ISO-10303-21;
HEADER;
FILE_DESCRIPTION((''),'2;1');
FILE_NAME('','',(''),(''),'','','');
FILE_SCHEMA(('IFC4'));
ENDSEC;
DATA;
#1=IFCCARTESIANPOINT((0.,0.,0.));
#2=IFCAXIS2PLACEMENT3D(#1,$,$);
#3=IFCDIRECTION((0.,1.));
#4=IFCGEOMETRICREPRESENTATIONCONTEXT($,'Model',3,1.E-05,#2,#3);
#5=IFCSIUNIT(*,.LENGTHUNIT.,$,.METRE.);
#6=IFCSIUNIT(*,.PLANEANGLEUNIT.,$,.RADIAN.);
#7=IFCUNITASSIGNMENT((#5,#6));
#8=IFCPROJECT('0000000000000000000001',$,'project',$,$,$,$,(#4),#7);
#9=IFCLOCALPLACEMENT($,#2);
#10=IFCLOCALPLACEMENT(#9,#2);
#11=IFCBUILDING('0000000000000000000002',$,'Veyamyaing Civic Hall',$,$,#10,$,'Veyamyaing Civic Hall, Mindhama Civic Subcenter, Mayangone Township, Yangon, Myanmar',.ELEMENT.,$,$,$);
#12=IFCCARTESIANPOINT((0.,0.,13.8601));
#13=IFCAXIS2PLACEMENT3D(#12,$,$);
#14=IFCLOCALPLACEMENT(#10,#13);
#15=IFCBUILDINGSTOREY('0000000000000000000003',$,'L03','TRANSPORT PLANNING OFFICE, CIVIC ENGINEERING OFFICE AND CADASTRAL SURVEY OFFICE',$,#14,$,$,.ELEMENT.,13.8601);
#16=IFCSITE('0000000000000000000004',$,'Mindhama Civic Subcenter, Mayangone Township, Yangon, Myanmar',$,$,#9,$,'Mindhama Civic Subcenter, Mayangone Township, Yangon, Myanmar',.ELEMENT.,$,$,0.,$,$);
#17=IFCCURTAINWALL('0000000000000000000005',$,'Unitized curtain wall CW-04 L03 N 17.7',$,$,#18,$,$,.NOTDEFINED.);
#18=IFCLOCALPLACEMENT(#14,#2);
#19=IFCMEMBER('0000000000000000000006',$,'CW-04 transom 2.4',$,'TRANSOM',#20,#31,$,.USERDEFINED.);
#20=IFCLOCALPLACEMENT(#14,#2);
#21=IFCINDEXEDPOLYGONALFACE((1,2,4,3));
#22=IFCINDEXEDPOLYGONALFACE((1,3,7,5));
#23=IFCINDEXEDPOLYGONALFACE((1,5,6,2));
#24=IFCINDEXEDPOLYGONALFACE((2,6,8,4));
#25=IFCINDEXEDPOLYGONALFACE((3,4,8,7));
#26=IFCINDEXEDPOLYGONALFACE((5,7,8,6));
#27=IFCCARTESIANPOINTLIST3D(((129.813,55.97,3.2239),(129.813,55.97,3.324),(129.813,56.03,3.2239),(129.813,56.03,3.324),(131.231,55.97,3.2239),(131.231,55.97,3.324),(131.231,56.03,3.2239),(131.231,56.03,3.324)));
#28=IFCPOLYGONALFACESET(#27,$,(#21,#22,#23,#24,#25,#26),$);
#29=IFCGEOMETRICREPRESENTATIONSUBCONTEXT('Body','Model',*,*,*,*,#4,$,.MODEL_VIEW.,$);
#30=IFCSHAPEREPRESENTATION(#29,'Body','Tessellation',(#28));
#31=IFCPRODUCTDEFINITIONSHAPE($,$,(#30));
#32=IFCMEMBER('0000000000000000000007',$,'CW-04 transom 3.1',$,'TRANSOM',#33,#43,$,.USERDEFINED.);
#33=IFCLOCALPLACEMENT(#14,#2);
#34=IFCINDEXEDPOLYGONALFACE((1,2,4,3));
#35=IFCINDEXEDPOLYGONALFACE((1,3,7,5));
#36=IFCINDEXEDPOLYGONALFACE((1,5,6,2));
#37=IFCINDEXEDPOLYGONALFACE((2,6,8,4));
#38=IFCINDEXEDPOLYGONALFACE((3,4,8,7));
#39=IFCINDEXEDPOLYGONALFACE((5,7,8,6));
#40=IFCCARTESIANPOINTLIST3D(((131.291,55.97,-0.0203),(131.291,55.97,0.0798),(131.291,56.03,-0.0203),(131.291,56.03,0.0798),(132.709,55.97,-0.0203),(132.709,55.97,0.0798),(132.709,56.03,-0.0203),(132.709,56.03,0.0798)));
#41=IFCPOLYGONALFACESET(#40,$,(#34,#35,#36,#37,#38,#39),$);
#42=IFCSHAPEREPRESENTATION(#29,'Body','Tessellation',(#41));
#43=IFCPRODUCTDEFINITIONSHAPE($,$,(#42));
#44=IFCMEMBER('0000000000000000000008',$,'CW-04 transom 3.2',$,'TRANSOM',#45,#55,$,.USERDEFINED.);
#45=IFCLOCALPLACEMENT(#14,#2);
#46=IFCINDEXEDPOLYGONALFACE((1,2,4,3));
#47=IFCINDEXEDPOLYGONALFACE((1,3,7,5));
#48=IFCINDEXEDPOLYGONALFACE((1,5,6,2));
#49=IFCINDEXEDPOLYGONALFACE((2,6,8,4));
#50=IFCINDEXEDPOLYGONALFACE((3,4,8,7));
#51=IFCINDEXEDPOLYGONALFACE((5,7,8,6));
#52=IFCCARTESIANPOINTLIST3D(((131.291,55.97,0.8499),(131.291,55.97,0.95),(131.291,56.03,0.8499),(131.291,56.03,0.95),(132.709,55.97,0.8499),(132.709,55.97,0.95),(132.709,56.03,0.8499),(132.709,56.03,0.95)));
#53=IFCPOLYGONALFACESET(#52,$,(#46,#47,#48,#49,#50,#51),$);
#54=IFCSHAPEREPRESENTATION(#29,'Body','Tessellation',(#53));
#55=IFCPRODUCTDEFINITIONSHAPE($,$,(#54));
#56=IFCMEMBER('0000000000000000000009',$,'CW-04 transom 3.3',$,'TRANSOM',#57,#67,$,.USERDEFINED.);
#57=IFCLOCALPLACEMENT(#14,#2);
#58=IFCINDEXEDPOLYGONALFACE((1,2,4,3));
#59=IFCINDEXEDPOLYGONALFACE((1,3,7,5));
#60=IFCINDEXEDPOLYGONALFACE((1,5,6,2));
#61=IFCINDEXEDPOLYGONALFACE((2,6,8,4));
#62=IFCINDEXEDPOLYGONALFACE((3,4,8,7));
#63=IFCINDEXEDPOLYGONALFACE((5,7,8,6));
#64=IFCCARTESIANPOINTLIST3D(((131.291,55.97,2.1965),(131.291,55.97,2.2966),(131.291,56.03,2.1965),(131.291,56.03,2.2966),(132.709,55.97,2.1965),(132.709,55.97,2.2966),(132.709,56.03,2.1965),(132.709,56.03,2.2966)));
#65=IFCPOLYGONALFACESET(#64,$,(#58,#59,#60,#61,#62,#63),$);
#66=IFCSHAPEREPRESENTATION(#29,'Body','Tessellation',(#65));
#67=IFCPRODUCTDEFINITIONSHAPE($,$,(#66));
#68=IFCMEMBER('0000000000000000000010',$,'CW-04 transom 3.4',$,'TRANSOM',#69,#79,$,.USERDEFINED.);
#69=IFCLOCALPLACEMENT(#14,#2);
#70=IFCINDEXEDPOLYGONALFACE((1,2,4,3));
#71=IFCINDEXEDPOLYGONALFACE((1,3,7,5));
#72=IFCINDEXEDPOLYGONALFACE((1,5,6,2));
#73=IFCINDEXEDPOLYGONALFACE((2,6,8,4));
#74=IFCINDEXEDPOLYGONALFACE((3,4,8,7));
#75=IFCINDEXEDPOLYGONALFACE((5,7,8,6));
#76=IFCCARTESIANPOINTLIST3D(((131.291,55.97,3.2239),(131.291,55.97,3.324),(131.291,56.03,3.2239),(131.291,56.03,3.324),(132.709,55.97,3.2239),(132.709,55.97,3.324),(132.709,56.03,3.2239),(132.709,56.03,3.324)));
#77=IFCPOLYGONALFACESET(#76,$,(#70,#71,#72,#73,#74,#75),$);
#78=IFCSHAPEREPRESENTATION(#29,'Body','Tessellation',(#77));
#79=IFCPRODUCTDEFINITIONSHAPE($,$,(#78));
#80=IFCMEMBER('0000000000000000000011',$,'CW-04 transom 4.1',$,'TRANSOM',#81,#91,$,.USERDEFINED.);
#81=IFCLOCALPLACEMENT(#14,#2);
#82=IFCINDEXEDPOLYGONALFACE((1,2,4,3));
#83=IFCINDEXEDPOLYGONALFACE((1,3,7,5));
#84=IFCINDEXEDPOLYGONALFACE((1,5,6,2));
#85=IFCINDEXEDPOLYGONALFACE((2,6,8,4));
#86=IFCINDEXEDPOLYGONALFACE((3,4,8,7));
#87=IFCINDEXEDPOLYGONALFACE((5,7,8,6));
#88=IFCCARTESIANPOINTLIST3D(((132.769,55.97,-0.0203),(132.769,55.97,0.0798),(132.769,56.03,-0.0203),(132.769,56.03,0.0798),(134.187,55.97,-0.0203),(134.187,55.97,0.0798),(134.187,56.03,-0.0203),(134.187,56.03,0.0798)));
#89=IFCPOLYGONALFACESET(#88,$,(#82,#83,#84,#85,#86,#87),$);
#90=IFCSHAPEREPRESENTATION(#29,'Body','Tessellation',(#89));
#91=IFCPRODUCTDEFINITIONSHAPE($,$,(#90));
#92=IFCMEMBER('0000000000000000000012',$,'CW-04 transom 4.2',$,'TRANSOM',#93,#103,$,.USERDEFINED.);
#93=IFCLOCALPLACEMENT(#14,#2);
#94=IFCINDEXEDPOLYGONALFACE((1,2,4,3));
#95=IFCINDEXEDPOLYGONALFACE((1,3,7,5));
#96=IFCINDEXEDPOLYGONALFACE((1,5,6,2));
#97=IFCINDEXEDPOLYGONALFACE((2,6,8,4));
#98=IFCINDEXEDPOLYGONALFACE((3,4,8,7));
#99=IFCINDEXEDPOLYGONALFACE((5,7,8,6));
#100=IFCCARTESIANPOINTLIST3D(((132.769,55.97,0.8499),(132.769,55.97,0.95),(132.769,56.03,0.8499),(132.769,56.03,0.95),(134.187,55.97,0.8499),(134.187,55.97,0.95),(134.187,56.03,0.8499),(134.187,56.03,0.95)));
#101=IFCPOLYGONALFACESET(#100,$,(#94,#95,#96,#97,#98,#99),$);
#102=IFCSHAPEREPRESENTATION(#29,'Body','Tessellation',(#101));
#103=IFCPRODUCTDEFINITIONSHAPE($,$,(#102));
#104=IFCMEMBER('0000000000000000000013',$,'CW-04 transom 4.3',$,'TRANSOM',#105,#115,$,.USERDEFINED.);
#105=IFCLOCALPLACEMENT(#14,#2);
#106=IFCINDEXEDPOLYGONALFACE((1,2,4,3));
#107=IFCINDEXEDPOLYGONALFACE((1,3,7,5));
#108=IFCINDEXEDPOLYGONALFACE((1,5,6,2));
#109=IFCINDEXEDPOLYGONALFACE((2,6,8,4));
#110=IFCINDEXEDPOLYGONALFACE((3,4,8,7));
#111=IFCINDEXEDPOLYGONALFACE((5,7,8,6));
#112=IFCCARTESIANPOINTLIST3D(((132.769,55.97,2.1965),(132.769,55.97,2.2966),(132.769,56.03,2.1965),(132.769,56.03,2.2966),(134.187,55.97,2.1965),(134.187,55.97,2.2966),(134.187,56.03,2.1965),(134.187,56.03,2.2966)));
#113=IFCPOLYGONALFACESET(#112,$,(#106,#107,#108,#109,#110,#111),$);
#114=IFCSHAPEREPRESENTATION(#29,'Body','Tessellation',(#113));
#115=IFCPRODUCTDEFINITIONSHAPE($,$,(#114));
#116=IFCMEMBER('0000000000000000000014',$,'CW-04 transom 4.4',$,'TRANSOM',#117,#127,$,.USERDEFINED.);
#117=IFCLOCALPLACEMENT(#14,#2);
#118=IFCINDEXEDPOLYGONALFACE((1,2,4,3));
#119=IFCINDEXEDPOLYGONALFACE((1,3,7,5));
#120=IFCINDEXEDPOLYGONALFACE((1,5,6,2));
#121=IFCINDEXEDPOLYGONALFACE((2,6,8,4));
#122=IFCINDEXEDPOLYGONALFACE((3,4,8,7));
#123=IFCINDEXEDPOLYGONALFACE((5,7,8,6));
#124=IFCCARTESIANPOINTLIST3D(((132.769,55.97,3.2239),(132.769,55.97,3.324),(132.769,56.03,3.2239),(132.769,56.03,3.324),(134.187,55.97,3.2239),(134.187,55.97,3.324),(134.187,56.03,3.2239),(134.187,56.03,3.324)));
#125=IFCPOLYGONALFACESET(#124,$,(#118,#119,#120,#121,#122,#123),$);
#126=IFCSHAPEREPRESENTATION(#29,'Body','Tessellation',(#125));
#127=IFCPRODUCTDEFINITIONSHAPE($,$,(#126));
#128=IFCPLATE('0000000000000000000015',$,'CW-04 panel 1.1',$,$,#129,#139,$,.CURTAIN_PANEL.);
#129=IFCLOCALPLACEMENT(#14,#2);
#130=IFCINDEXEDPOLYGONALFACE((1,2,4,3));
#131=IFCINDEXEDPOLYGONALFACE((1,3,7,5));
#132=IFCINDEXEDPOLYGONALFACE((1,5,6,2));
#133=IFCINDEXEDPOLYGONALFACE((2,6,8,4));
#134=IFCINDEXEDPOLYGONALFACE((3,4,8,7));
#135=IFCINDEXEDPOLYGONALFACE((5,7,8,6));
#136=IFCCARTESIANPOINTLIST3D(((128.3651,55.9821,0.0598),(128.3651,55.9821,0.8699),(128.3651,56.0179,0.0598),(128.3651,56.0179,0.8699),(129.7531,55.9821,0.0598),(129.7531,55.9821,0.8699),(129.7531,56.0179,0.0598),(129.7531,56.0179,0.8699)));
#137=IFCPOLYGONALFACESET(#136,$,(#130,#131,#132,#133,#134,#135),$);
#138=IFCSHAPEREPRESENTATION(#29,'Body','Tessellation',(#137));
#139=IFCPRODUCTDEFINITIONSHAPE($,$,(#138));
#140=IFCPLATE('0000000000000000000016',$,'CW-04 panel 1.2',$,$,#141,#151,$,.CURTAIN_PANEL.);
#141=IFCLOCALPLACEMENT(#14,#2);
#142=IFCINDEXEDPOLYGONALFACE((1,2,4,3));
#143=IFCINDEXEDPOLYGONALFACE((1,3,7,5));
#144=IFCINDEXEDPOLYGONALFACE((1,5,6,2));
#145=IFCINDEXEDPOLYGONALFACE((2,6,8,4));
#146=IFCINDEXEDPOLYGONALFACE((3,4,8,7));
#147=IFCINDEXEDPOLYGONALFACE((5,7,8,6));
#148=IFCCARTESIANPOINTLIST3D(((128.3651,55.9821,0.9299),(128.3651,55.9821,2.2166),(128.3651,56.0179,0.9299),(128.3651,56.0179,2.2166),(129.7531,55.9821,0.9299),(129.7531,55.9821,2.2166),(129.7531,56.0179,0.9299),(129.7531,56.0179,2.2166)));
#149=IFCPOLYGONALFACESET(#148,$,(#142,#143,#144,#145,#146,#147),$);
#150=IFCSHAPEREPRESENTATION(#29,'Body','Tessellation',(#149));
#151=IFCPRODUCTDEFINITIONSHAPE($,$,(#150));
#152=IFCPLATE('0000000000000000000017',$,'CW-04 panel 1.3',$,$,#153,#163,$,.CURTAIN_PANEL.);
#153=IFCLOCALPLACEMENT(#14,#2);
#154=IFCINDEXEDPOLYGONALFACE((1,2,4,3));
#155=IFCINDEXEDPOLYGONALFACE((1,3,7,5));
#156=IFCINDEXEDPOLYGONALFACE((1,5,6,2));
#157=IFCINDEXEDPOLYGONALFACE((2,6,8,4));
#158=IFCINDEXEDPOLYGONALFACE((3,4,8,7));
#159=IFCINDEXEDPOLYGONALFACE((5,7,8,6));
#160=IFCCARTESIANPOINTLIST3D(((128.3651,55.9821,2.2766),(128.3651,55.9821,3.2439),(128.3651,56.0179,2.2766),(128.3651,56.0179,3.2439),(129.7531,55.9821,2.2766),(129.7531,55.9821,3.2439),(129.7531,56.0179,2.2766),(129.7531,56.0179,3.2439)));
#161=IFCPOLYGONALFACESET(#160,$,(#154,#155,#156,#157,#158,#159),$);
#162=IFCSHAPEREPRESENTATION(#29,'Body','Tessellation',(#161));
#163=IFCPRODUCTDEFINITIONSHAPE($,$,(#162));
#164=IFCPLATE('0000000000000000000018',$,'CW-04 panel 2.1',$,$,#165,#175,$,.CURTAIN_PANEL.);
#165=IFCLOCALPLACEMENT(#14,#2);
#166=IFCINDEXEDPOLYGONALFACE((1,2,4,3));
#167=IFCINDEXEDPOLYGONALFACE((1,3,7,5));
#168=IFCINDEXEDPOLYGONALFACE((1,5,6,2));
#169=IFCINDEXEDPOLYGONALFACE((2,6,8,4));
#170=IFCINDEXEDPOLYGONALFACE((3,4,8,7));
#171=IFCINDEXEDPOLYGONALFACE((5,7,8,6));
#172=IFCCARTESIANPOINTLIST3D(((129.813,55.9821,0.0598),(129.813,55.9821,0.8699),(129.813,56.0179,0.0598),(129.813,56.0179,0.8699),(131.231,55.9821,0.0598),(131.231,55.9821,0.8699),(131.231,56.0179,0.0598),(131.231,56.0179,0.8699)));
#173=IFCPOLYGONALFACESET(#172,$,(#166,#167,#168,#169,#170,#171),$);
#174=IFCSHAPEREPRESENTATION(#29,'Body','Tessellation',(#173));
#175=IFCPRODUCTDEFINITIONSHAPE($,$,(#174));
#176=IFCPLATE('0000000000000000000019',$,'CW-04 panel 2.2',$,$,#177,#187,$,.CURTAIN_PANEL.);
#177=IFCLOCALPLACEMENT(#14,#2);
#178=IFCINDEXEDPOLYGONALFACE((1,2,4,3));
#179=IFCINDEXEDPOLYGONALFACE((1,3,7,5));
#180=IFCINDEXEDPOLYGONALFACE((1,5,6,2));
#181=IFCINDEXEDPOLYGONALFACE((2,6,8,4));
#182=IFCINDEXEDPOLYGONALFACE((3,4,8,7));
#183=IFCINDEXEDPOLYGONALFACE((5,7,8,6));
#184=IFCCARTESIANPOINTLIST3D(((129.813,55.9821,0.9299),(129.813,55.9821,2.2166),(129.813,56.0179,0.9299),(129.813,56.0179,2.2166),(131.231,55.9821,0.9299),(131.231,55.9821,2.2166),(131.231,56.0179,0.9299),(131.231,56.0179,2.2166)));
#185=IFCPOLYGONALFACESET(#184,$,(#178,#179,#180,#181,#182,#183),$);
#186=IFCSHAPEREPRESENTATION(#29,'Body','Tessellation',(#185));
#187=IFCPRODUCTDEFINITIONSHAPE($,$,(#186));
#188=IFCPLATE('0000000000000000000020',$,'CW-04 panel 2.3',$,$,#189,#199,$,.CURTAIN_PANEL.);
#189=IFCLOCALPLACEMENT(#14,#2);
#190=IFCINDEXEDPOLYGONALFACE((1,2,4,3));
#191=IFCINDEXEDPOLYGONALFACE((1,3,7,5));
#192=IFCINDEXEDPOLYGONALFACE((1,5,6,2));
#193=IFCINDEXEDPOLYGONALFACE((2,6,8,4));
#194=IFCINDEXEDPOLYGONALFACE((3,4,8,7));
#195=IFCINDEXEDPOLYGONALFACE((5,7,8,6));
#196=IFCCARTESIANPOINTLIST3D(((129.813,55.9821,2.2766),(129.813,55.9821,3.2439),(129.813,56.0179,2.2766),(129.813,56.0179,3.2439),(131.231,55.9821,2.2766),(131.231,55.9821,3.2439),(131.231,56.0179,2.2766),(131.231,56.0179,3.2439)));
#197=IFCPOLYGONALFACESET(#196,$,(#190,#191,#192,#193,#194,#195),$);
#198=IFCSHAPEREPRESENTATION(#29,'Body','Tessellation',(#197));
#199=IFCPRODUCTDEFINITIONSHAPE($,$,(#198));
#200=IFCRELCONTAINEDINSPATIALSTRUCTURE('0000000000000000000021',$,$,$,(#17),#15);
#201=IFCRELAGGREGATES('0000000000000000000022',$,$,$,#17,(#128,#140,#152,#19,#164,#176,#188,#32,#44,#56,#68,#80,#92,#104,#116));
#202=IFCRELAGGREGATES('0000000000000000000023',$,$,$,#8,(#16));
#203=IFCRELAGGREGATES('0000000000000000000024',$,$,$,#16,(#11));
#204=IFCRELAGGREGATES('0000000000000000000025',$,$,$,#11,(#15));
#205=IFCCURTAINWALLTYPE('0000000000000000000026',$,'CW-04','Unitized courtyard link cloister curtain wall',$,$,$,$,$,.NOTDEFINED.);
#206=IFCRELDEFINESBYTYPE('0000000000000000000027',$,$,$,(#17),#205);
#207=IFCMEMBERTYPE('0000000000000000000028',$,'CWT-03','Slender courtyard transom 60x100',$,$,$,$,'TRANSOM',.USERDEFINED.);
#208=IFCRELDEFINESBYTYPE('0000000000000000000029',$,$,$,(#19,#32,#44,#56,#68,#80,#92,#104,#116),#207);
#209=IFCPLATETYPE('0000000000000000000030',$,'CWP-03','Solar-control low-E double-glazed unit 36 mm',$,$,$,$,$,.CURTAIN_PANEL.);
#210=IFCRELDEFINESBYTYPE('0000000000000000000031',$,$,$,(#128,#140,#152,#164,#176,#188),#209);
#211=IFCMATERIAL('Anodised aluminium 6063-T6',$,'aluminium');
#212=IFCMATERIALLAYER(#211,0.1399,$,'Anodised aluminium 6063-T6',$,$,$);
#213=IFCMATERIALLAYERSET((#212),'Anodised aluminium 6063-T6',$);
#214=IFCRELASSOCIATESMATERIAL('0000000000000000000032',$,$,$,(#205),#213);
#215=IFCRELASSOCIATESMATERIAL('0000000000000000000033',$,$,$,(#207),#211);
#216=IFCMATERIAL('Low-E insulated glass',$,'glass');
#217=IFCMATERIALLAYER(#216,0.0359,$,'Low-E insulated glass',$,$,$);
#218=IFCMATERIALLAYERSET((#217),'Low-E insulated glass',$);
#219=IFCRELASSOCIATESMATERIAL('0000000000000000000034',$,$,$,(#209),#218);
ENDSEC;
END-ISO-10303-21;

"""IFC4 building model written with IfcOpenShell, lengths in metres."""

from ifc_helpers import new_model, si_unit, direction, frame, origin, origin_2d, place, context, subcontext, project, spatial, rectangle, extrude, material, layer, layer_set, material_profile, profile_set, type_object, element, aggregate, save


model = new_model("IFC4")

# Units and contexts
model_context = context("Model", 3, precision=1e-05, world=origin(), true_north=direction((0.0, 1.0)))
body_context = subcontext(model_context, "Body", "Model", "MODEL_VIEW")
ifc_project = project(units=[si_unit("LENGTHUNIT", "METRE"), si_unit("PLANEANGLEUNIT", "RADIAN")], contexts=[model_context])

# Site, building, storey
site_placement = place(None, origin())
site = spatial("IfcSite", under=ifc_project, at=site_placement, Name="Mindhama Civic Subcenter, Mayangone Township, Yangon, Myanmar", LongName="Mindhama Civic Subcenter, Mayangone Township, Yangon, Myanmar", CompositionType="ELEMENT", RefElevation=0.0)
building_placement = place(site_placement, origin())
building = spatial("IfcBuilding", under=site, at=building_placement, Name="Veyamyaing Civic Hall", LongName="Veyamyaing Civic Hall, Mindhama Civic Subcenter, Mayangone Township, Yangon, Myanmar", CompositionType="ELEMENT")
storey_placement = place(building_placement, frame((0.0, 0.0, 13.8601)))
storey = spatial("IfcBuildingStorey", under=building, at=storey_placement, Name="L03", Description="TRANSPORT PLANNING OFFICE, CIVIC ENGINEERING OFFICE AND CADASTRAL SURVEY OFFICE", CompositionType="ELEMENT", Elevation=13.8601)

# Curtain wall, members, plates
ifc_material_1 = material(Name="Anodised aluminium 6063-T6", Category="aluminium")
ifc_layer_1 = layer(ifc_material_1, 0.1399, Name="Anodised aluminium 6063-T6")
ifc_layer_set_1 = layer_set([ifc_layer_1], Name="Anodised aluminium 6063-T6")
curtain_wall_type = type_object("IfcCurtainWallType", Name="CW-04", Description="Unitized courtyard link cloister curtain wall", PredefinedType="NOTDEFINED", material=ifc_layer_set_1)
curtain_wall_placement = place(storey_placement, origin())
curtain_wall = element("IfcCurtainWall", 1, at=curtain_wall_placement, inside=storey, type_object=curtain_wall_type, Name="Unitized curtain wall CW-04 L03 N 17.7", PredefinedType="NOTDEFINED")
ifc_material_profile_1 = material_profile(ifc_material_1, rectangle(XDim=0.0601, YDim=0.1001, at=origin_2d()), Name="ALU-TRN-60X100")
ifc_profile_set_1 = profile_set([ifc_material_profile_1], Name="Anodised aluminium 6063-T6")
member_type_1 = type_object("IfcMemberType", Name="CWT-03", Description="Slender courtyard transom 60x100", ElementType="TRANSOM", PredefinedType="USERDEFINED", material=ifc_profile_set_1)
member_1_placement = place(storey_placement, frame((129.813, 56.0, 3.2739), z_axis=(1.0, 0.0, 0.0), x_axis=(0.0, 1.0, 0.0)))
member_1 = element("IfcMember", 2, at=member_1_placement, type_object=member_type_1, Name="CW-04 transom 2.4", ObjectType="TRANSOM", PredefinedType="USERDEFINED", context=body_context, shape_type="SweptSolid", body=[
    extrude(rectangle(XDim=0.0601, YDim=0.1001, at=origin_2d()), origin(), (0.0, 0.0, 1.0), 1.418),
])
member_2_placement = place(storey_placement, frame((131.291, 56.0, 0.0298), z_axis=(1.0, 0.0, 0.0), x_axis=(0.0, 1.0, 0.0)))
member_2 = element("IfcMember", 3, at=member_2_placement, type_object=member_type_1, Name="CW-04 transom 3.1", ObjectType="TRANSOM", PredefinedType="USERDEFINED", context=body_context, shape_type="SweptSolid", body=[
    extrude(rectangle(XDim=0.0601, YDim=0.1001, at=origin_2d()), origin(), (0.0, 0.0, 1.0), 1.418),
])
member_3_placement = place(storey_placement, frame((131.291, 56.0, 0.8999), z_axis=(1.0, 0.0, 0.0), x_axis=(0.0, 1.0, 0.0)))
member_3 = element("IfcMember", 4, at=member_3_placement, type_object=member_type_1, Name="CW-04 transom 3.2", ObjectType="TRANSOM", PredefinedType="USERDEFINED", context=body_context, shape_type="SweptSolid", body=[
    extrude(rectangle(XDim=0.0601, YDim=0.1001, at=origin_2d()), origin(), (0.0, 0.0, 1.0), 1.418),
])
member_4_placement = place(storey_placement, frame((131.291, 56.0, 2.2466), z_axis=(1.0, 0.0, 0.0), x_axis=(0.0, 1.0, 0.0)))
member_4 = element("IfcMember", 5, at=member_4_placement, type_object=member_type_1, Name="CW-04 transom 3.3", ObjectType="TRANSOM", PredefinedType="USERDEFINED", context=body_context, shape_type="SweptSolid", body=[
    extrude(rectangle(XDim=0.0601, YDim=0.1001, at=origin_2d()), origin(), (0.0, 0.0, 1.0), 1.418),
])
member_5_placement = place(storey_placement, frame((131.291, 56.0, 3.2739), z_axis=(1.0, 0.0, 0.0), x_axis=(0.0, 1.0, 0.0)))
member_5 = element("IfcMember", 6, at=member_5_placement, type_object=member_type_1, Name="CW-04 transom 3.4", ObjectType="TRANSOM", PredefinedType="USERDEFINED", context=body_context, shape_type="SweptSolid", body=[
    extrude(rectangle(XDim=0.0601, YDim=0.1001, at=origin_2d()), origin(), (0.0, 0.0, 1.0), 1.418),
])
member_6_placement = place(storey_placement, frame((132.769, 56.0, 0.0298), z_axis=(1.0, 0.0, 0.0), x_axis=(0.0, 1.0, 0.0)))
member_6 = element("IfcMember", 7, at=member_6_placement, type_object=member_type_1, Name="CW-04 transom 4.1", ObjectType="TRANSOM", PredefinedType="USERDEFINED", context=body_context, shape_type="SweptSolid", body=[
    extrude(rectangle(XDim=0.0601, YDim=0.1001, at=origin_2d()), origin(), (0.0, 0.0, 1.0), 1.418),
])
member_7_placement = place(storey_placement, frame((132.769, 56.0, 0.8999), z_axis=(1.0, 0.0, 0.0), x_axis=(0.0, 1.0, 0.0)))
member_7 = element("IfcMember", 8, at=member_7_placement, type_object=member_type_1, Name="CW-04 transom 4.2", ObjectType="TRANSOM", PredefinedType="USERDEFINED", context=body_context, shape_type="SweptSolid", body=[
    extrude(rectangle(XDim=0.0601, YDim=0.1001, at=origin_2d()), origin(), (0.0, 0.0, 1.0), 1.418),
])
member_8_placement = place(storey_placement, frame((132.769, 56.0, 2.2466), z_axis=(1.0, 0.0, 0.0), x_axis=(0.0, 1.0, 0.0)))
member_8 = element("IfcMember", 9, at=member_8_placement, type_object=member_type_1, Name="CW-04 transom 4.3", ObjectType="TRANSOM", PredefinedType="USERDEFINED", context=body_context, shape_type="SweptSolid", body=[
    extrude(rectangle(XDim=0.0601, YDim=0.1001, at=origin_2d()), origin(), (0.0, 0.0, 1.0), 1.418),
])
member_9_placement = place(storey_placement, frame((132.769, 56.0, 3.2739), z_axis=(1.0, 0.0, 0.0), x_axis=(0.0, 1.0, 0.0)))
member_9 = element("IfcMember", 10, at=member_9_placement, type_object=member_type_1, Name="CW-04 transom 4.4", ObjectType="TRANSOM", PredefinedType="USERDEFINED", context=body_context, shape_type="SweptSolid", body=[
    extrude(rectangle(XDim=0.0601, YDim=0.1001, at=origin_2d()), origin(), (0.0, 0.0, 1.0), 1.418),
])
ifc_material_2 = material(Name="Low-E insulated glass", Category="glass")
ifc_layer_2 = layer(ifc_material_2, 0.0359, Name="Low-E insulated glass")
ifc_layer_set_2 = layer_set([ifc_layer_2], Name="Low-E insulated glass")
plate_type = type_object("IfcPlateType", Name="CWP-03", Description="Solar-control low-E double-glazed unit 36 mm", PredefinedType="CURTAIN_PANEL", material=ifc_layer_set_2)
plate_1_placement = place(storey_placement, frame((129.0591, 56.0, 0.0598), z_axis=(0.0, 0.0, 1.0), x_axis=(1.0, 0.0, 0.0)))
plate_1 = element("IfcPlate", 11, at=plate_1_placement, type_object=plate_type, Name="CW-04 panel 1.1", PredefinedType="CURTAIN_PANEL", context=body_context, shape_type="SweptSolid", body=[
    extrude(rectangle(XDim=1.3879, YDim=0.0359, at=origin_2d()), origin(), (0.0, 0.0, 1.0), 0.8101),
])
plate_2_placement = place(storey_placement, frame((129.0591, 56.0, 0.9299), z_axis=(0.0, 0.0, 1.0), x_axis=(1.0, 0.0, 0.0)))
plate_2 = element("IfcPlate", 12, at=plate_2_placement, type_object=plate_type, Name="CW-04 panel 1.2", PredefinedType="CURTAIN_PANEL", context=body_context, shape_type="SweptSolid", body=[
    extrude(rectangle(XDim=1.3879, YDim=0.0359, at=origin_2d()), origin(), (0.0, 0.0, 1.0), 1.2866),
])
plate_3_placement = place(storey_placement, frame((129.0591, 56.0, 2.2766), z_axis=(0.0, 0.0, 1.0), x_axis=(1.0, 0.0, 0.0)))
plate_3 = element("IfcPlate", 13, at=plate_3_placement, type_object=plate_type, Name="CW-04 panel 1.3", PredefinedType="CURTAIN_PANEL", context=body_context, shape_type="SweptSolid", body=[
    extrude(rectangle(XDim=1.3879, YDim=0.0359, at=origin_2d()), origin(), (0.0, 0.0, 1.0), 0.9673),
])
plate_4_placement = place(storey_placement, frame((130.522, 56.0, 0.0598), z_axis=(0.0, 0.0, 1.0), x_axis=(1.0, 0.0, 0.0)))
plate_4 = element("IfcPlate", 14, at=plate_4_placement, type_object=plate_type, Name="CW-04 panel 2.1", PredefinedType="CURTAIN_PANEL", context=body_context, shape_type="SweptSolid", body=[
    extrude(rectangle(XDim=1.418, YDim=0.0359, at=origin_2d()), origin(), (0.0, 0.0, 1.0), 0.8101),
])
plate_5_placement = place(storey_placement, frame((130.522, 56.0, 0.9299), z_axis=(0.0, 0.0, 1.0), x_axis=(1.0, 0.0, 0.0)))
plate_5 = element("IfcPlate", 15, at=plate_5_placement, type_object=plate_type, Name="CW-04 panel 2.2", PredefinedType="CURTAIN_PANEL", context=body_context, shape_type="SweptSolid", body=[
    extrude(rectangle(XDim=1.418, YDim=0.0359, at=origin_2d()), origin(), (0.0, 0.0, 1.0), 1.2866),
])
plate_6_placement = place(storey_placement, frame((130.522, 56.0, 2.2766), z_axis=(0.0, 0.0, 1.0), x_axis=(1.0, 0.0, 0.0)))
plate_6 = element("IfcPlate", 16, at=plate_6_placement, type_object=plate_type, Name="CW-04 panel 2.3", PredefinedType="CURTAIN_PANEL", context=body_context, shape_type="SweptSolid", body=[
    extrude(rectangle(XDim=1.418, YDim=0.0359, at=origin_2d()), origin(), (0.0, 0.0, 1.0), 0.9673),
])
aggregate(curtain_wall, [plate_1, plate_2, plate_3, member_1, plate_4, plate_5, plate_6, member_2, member_3, member_4, member_5, member_6, member_7, member_8, member_9])

save(model, "model.ifc")
